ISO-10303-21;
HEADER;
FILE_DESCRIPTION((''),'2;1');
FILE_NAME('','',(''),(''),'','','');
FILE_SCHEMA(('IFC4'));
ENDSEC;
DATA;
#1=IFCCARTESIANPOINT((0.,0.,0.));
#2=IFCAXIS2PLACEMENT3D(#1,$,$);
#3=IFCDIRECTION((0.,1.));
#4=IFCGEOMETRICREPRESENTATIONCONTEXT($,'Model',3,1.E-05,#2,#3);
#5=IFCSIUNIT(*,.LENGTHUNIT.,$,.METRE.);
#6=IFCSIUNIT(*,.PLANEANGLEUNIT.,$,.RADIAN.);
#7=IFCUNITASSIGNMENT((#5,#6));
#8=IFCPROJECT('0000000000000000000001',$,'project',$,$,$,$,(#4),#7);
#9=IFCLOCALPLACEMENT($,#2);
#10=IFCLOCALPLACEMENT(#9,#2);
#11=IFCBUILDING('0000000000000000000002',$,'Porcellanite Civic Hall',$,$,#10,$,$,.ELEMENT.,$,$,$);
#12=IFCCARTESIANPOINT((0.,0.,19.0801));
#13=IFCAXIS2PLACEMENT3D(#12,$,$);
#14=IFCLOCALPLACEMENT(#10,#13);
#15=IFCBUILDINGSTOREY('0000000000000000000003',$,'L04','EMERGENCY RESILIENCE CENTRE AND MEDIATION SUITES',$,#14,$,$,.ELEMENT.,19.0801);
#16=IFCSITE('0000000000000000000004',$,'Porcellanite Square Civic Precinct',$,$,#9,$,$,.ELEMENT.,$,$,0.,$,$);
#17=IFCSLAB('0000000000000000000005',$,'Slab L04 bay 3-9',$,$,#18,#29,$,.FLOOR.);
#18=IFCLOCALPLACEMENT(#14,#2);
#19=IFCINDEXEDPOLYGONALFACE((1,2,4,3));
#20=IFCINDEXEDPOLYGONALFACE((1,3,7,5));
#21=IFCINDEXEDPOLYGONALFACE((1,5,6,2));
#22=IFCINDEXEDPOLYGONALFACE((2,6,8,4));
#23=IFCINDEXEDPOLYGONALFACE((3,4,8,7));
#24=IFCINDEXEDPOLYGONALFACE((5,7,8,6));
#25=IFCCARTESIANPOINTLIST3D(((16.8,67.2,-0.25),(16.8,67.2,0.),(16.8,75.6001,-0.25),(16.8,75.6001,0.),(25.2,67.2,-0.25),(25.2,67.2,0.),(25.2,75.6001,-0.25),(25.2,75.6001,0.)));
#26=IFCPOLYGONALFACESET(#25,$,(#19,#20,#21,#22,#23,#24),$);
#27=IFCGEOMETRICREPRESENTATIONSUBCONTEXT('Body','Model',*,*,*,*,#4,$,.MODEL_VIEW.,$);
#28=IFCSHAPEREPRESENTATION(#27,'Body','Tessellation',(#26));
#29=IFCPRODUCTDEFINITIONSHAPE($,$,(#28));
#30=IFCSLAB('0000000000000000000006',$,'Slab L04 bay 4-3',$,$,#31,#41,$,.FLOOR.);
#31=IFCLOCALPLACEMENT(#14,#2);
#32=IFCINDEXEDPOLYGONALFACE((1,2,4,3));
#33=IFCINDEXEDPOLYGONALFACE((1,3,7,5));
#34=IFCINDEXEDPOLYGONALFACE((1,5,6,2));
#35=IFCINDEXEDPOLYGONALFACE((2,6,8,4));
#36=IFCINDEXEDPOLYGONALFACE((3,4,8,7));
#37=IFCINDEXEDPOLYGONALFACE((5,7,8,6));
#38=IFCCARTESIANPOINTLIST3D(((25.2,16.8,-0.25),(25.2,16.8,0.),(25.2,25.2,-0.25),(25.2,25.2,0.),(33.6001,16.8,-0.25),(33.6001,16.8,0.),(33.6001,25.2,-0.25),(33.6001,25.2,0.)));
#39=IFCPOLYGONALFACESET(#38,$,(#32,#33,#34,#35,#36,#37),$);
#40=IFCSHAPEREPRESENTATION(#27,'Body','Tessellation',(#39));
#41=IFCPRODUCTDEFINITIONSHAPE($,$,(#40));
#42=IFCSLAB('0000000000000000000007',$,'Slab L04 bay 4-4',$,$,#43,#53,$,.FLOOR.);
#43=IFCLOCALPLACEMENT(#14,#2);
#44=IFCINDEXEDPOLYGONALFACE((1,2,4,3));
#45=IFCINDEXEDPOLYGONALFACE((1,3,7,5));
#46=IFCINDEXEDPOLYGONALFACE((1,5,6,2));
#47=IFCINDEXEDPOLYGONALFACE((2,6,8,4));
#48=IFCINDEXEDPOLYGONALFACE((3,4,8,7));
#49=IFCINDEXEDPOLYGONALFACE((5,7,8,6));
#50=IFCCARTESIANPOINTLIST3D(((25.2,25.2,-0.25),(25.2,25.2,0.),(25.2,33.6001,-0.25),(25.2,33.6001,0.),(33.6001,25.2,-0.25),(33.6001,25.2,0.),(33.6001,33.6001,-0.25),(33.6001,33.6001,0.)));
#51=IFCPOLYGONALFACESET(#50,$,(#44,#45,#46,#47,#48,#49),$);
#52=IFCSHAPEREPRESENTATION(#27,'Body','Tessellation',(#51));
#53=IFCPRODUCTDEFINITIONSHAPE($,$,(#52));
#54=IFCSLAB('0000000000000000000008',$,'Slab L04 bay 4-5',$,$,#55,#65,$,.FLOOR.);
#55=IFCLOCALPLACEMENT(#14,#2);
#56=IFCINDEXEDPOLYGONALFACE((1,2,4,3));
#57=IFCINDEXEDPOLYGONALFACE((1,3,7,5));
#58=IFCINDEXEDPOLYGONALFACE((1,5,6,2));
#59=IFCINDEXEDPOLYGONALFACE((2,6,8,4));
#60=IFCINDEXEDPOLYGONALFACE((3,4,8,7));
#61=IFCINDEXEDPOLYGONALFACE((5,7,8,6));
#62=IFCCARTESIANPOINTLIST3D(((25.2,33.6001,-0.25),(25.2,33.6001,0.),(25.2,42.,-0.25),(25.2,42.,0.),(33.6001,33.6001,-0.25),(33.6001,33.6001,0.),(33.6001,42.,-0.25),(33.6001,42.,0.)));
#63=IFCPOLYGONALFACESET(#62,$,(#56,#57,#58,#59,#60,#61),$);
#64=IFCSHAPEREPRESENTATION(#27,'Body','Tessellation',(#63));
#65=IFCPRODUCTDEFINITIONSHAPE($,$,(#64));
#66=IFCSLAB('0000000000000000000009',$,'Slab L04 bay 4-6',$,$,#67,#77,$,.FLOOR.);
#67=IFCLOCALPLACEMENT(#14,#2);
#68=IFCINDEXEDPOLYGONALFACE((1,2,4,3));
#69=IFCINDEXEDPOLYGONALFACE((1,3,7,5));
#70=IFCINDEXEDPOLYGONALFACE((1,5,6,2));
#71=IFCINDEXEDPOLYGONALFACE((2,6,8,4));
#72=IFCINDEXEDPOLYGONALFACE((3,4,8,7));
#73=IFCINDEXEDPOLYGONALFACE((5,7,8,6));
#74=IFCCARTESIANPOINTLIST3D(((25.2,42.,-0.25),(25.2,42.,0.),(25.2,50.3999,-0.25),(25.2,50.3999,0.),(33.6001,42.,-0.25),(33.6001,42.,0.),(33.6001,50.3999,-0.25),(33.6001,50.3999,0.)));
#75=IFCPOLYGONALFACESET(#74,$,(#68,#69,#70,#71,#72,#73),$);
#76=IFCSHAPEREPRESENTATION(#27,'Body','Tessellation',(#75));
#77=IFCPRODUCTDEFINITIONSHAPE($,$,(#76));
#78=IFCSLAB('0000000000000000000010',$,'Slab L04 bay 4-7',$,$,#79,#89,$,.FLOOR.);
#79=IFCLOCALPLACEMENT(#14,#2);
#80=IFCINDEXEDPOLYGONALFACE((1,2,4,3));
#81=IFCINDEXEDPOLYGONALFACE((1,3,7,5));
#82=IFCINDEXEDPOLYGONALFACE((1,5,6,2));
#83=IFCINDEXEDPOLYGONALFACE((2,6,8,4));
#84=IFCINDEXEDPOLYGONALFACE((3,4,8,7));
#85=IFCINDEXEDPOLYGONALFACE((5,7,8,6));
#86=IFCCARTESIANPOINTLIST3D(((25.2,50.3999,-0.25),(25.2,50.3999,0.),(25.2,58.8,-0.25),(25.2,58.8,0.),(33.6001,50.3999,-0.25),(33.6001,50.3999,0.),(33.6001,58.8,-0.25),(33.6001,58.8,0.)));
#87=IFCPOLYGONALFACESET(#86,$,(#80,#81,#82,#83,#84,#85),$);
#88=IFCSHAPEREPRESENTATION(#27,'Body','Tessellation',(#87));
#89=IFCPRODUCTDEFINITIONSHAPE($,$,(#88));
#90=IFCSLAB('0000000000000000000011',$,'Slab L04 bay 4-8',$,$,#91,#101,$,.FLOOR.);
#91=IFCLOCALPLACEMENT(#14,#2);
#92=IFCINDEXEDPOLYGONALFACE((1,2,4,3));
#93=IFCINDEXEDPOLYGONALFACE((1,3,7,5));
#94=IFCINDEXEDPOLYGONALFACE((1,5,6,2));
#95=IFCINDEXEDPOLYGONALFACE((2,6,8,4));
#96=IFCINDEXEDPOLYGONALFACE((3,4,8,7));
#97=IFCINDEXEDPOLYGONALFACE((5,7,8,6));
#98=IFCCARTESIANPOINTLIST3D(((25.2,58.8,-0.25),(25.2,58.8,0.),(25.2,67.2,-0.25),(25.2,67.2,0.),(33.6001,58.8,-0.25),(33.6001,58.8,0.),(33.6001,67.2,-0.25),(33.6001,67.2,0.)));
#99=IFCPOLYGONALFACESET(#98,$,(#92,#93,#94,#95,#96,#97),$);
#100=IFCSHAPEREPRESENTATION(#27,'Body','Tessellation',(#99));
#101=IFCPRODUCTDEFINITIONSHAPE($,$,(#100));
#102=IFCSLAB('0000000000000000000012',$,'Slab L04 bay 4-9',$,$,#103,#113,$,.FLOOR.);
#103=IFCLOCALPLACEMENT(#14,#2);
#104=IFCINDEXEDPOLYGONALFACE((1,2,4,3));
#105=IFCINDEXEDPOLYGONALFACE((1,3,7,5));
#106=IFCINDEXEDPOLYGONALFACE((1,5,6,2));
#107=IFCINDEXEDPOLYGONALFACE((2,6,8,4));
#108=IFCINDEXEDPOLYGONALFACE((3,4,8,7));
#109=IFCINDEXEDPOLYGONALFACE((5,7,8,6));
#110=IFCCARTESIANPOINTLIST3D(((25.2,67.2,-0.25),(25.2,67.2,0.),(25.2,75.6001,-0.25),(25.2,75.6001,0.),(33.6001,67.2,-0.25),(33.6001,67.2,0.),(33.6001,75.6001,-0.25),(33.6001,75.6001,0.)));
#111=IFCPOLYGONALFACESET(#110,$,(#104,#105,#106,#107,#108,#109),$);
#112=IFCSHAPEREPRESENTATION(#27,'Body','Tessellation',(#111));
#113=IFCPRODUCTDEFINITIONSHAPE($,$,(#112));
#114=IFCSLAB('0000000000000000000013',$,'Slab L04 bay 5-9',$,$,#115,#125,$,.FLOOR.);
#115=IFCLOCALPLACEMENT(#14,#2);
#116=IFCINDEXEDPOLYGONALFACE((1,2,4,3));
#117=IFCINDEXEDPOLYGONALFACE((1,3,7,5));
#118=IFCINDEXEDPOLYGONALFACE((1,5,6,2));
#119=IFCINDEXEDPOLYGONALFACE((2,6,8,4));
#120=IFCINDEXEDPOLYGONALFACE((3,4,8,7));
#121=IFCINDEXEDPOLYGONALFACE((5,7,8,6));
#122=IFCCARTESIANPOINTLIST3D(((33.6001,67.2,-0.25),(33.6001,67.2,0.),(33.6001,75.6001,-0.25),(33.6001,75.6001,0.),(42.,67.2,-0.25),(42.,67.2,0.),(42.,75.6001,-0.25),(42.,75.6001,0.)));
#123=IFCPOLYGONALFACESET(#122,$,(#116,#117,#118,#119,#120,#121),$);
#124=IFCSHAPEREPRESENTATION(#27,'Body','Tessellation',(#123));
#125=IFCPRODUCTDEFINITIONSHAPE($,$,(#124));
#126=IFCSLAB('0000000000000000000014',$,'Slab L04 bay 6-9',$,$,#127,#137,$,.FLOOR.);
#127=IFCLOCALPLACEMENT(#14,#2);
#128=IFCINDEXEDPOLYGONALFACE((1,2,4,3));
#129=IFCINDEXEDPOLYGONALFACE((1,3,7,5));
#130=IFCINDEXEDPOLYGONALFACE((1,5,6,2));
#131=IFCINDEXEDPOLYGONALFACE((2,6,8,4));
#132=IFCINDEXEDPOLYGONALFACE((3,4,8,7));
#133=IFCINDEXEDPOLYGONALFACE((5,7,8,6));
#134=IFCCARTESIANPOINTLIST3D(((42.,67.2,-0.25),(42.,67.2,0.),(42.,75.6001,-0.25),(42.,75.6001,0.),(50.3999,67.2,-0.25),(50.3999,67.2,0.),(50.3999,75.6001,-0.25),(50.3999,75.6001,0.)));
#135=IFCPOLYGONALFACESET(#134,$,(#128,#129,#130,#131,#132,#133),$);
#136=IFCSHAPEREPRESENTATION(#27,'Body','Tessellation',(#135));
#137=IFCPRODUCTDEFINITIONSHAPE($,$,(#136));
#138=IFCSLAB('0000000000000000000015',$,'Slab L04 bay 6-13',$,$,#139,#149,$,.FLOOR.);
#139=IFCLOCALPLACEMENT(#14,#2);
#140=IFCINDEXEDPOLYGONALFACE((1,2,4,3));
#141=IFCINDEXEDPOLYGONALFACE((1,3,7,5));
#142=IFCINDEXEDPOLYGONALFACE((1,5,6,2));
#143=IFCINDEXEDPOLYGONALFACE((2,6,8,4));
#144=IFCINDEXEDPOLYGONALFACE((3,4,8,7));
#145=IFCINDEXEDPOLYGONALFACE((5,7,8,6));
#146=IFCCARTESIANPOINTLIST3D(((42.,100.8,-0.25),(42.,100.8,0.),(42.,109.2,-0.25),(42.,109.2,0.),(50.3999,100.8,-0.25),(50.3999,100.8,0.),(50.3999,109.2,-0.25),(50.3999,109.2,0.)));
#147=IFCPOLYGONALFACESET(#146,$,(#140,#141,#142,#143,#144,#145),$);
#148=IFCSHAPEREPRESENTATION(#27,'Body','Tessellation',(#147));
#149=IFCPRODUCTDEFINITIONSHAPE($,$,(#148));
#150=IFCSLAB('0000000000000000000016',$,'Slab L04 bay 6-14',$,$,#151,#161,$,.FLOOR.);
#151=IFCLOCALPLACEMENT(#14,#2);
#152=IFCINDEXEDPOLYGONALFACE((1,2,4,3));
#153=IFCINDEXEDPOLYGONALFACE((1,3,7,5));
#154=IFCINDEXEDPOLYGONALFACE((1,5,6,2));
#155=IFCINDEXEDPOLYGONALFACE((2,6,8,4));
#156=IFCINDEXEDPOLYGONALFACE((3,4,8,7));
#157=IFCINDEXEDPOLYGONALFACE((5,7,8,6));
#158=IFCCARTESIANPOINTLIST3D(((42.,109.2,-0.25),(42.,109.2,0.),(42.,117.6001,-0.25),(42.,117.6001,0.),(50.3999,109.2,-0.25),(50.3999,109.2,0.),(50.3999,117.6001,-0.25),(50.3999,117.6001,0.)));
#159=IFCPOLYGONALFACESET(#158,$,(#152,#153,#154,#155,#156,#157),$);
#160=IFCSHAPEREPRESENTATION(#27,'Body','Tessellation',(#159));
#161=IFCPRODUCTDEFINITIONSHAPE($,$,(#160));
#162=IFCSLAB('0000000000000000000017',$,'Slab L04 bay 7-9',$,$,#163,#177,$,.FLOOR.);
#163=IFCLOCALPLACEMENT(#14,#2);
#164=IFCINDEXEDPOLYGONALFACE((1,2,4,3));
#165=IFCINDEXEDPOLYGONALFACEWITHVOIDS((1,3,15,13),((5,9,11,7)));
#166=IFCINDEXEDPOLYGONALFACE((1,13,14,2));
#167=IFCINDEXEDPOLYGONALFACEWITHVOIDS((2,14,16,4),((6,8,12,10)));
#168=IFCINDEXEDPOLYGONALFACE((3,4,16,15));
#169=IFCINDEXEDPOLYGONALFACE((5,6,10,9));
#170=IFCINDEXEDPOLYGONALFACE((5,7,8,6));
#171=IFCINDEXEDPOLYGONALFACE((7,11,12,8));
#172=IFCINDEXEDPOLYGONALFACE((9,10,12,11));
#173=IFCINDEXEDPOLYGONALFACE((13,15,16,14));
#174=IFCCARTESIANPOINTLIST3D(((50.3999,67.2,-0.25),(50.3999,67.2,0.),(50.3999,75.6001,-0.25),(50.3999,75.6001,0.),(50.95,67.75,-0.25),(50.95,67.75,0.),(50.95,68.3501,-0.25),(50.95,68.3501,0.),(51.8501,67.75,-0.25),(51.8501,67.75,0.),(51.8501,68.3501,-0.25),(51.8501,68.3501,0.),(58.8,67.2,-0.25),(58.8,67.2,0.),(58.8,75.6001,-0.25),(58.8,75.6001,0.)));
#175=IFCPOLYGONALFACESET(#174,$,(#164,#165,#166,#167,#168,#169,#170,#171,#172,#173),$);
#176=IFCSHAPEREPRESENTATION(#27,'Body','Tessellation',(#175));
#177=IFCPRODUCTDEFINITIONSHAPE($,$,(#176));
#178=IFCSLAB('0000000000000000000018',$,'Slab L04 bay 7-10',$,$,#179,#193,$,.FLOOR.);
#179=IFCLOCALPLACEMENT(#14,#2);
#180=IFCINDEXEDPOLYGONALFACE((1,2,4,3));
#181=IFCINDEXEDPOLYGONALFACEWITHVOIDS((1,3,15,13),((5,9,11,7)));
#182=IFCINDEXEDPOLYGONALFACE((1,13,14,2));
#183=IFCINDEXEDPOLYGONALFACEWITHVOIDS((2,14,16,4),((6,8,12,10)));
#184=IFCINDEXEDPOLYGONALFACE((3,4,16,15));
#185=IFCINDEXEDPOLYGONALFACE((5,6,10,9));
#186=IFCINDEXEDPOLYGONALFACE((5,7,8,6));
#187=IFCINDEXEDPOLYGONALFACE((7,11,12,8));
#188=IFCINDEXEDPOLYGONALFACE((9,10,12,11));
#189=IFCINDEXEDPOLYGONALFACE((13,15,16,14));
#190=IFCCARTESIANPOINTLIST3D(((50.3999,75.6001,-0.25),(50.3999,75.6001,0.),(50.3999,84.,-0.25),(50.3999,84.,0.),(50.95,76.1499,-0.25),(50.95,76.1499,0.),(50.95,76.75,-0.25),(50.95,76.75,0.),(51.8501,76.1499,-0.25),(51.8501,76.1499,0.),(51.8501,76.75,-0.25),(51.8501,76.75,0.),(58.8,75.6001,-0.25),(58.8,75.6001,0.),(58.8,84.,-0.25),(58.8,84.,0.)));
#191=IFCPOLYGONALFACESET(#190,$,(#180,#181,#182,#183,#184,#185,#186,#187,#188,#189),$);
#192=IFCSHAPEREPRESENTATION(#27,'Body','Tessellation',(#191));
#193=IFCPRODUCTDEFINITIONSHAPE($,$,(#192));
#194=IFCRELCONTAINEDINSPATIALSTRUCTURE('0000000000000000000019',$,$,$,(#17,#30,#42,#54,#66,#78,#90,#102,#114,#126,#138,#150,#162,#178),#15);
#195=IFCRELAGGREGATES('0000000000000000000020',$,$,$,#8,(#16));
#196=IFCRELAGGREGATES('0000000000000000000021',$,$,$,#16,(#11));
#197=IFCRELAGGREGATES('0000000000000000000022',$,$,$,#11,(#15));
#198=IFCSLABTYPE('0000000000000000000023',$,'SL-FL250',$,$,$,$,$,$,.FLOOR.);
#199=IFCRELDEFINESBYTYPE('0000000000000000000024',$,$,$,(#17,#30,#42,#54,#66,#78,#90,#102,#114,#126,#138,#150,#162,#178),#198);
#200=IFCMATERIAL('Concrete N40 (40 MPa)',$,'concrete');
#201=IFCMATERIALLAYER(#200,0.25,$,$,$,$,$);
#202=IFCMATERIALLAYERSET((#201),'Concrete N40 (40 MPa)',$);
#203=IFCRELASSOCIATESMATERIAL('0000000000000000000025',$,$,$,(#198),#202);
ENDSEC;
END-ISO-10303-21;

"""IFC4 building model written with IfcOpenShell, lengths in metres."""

from ifc_helpers import new_model, si_unit, direction, frame, origin, place, context, subcontext, project, spatial, polyline, outline, extrude, material, layer, layer_set, type_object, element, save


model = new_model("IFC4")

# Units and contexts
model_context = context("Model", 3, precision=1e-05, world=origin(), true_north=direction((0.0, 1.0)))
body_context = subcontext(model_context, "Body", "Model", "MODEL_VIEW")
ifc_project = project(units=[si_unit("LENGTHUNIT", "METRE"), si_unit("PLANEANGLEUNIT", "RADIAN")], contexts=[model_context])

# Site, building, storey
site_placement = place(None, origin())
site = spatial("IfcSite", under=ifc_project, at=site_placement, Name="Porcellanite Square Civic Precinct", CompositionType="ELEMENT", RefElevation=0.0)
building_placement = place(site_placement, origin())
building = spatial("IfcBuilding", under=site, at=building_placement, Name="Porcellanite Civic Hall", CompositionType="ELEMENT")
storey_placement = place(building_placement, frame((0.0, 0.0, 19.0801)))
storey = spatial("IfcBuildingStorey", under=building, at=storey_placement, Name="L04", Description="EMERGENCY RESILIENCE CENTRE AND MEDIATION SUITES", CompositionType="ELEMENT", Elevation=19.0801)

# Slabs
ifc_material = material(Name="Concrete N40 (40 MPa)", Category="concrete")
ifc_layer = layer(ifc_material, 0.25)
ifc_layer_set = layer_set([ifc_layer], Name="Concrete N40 (40 MPa)")
slab_type = type_object("IfcSlabType", Name="SL-FL250", PredefinedType="FLOOR", material=ifc_layer_set)
slab_1_placement = place(storey_placement, frame((0.0, 0.0, -0.25)))
element("IfcSlab", 1, at=slab_1_placement, inside=storey, type_object=slab_type, Name="Slab L04 bay 3-9", PredefinedType="FLOOR", context=body_context, shape_type="SweptSolid", body=[
    extrude(outline(polyline([(16.8, 67.2), (25.2, 67.2), (25.2, 75.6001), (16.8, 75.6001), (16.8, 67.2)])), origin(), (0.0, 0.0, 1.0), 0.25),
])
slab_2_placement = place(storey_placement, frame((0.0, 0.0, -0.25)))
element("IfcSlab", 2, at=slab_2_placement, inside=storey, type_object=slab_type, Name="Slab L04 bay 4-3", PredefinedType="FLOOR", context=body_context, shape_type="SweptSolid", body=[
    extrude(outline(polyline([(25.2, 16.8), (33.6001, 16.8), (33.6001, 25.2), (25.2, 25.2), (25.2, 16.8)])), origin(), (0.0, 0.0, 1.0), 0.25),
])
slab_3_placement = place(storey_placement, frame((0.0, 0.0, -0.25)))
element("IfcSlab", 3, at=slab_3_placement, inside=storey, type_object=slab_type, Name="Slab L04 bay 4-4", PredefinedType="FLOOR", context=body_context, shape_type="SweptSolid", body=[
    extrude(outline(polyline([(25.2, 25.2), (33.6001, 25.2), (33.6001, 33.6001), (25.2, 33.6001), (25.2, 25.2)])), origin(), (0.0, 0.0, 1.0), 0.25),
])
slab_4_placement = place(storey_placement, frame((0.0, 0.0, -0.25)))
element("IfcSlab", 4, at=slab_4_placement, inside=storey, type_object=slab_type, Name="Slab L04 bay 4-5", PredefinedType="FLOOR", context=body_context, shape_type="SweptSolid", body=[
    extrude(outline(polyline([(25.2, 33.6001), (33.6001, 33.6001), (33.6001, 42.0), (25.2, 42.0), (25.2, 33.6001)])), origin(), (0.0, 0.0, 1.0), 0.25),
])
slab_5_placement = place(storey_placement, frame((0.0, 0.0, -0.25)))
element("IfcSlab", 5, at=slab_5_placement, inside=storey, type_object=slab_type, Name="Slab L04 bay 4-6", PredefinedType="FLOOR", context=body_context, shape_type="SweptSolid", body=[
    extrude(outline(polyline([(25.2, 42.0), (33.6001, 42.0), (33.6001, 50.3999), (25.2, 50.3999), (25.2, 42.0)])), origin(), (0.0, 0.0, 1.0), 0.25),
])
slab_6_placement = place(storey_placement, frame((0.0, 0.0, -0.25)))
element("IfcSlab", 6, at=slab_6_placement, inside=storey, type_object=slab_type, Name="Slab L04 bay 4-7", PredefinedType="FLOOR", context=body_context, shape_type="SweptSolid", body=[
    extrude(outline(polyline([(25.2, 50.3999), (33.6001, 50.3999), (33.6001, 58.8), (25.2, 58.8), (25.2, 50.3999)])), origin(), (0.0, 0.0, 1.0), 0.25),
])
slab_7_placement = place(storey_placement, frame((0.0, 0.0, -0.25)))
element("IfcSlab", 7, at=slab_7_placement, inside=storey, type_object=slab_type, Name="Slab L04 bay 4-8", PredefinedType="FLOOR", context=body_context, shape_type="SweptSolid", body=[
    extrude(outline(polyline([(25.2, 58.8), (33.6001, 58.8), (33.6001, 67.2), (25.2, 67.2), (25.2, 58.8)])), origin(), (0.0, 0.0, 1.0), 0.25),
])
slab_8_placement = place(storey_placement, frame((0.0, 0.0, -0.25)))
element("IfcSlab", 8, at=slab_8_placement, inside=storey, type_object=slab_type, Name="Slab L04 bay 4-9", PredefinedType="FLOOR", context=body_context, shape_type="SweptSolid", body=[
    extrude(outline(polyline([(25.2, 67.2), (33.6001, 67.2), (33.6001, 75.6001), (25.2, 75.6001), (25.2, 67.2)])), origin(), (0.0, 0.0, 1.0), 0.25),
])
slab_9_placement = place(storey_placement, frame((0.0, 0.0, -0.25)))
element("IfcSlab", 9, at=slab_9_placement, inside=storey, type_object=slab_type, Name="Slab L04 bay 5-9", PredefinedType="FLOOR", context=body_context, shape_type="SweptSolid", body=[
    extrude(outline(polyline([(33.6001, 67.2), (42.0, 67.2), (42.0, 75.6001), (33.6001, 75.6001), (33.6001, 67.2)])), origin(), (0.0, 0.0, 1.0), 0.25),
])
slab_10_placement = place(storey_placement, frame((0.0, 0.0, -0.25)))
element("IfcSlab", 10, at=slab_10_placement, inside=storey, type_object=slab_type, Name="Slab L04 bay 6-9", PredefinedType="FLOOR", context=body_context, shape_type="SweptSolid", body=[
    extrude(outline(polyline([(42.0, 67.2), (50.3999, 67.2), (50.3999, 75.6001), (42.0, 75.6001), (42.0, 67.2)])), origin(), (0.0, 0.0, 1.0), 0.25),
])
slab_11_placement = place(storey_placement, frame((0.0, 0.0, -0.25)))
element("IfcSlab", 11, at=slab_11_placement, inside=storey, type_object=slab_type, Name="Slab L04 bay 6-13", PredefinedType="FLOOR", context=body_context, shape_type="SweptSolid", body=[
    extrude(outline(polyline([(42.0, 100.8), (50.3999, 100.8), (50.3999, 109.2), (42.0, 109.2), (42.0, 100.8)])), origin(), (0.0, 0.0, 1.0), 0.25),
])
slab_12_placement = place(storey_placement, frame((0.0, 0.0, -0.25)))
element("IfcSlab", 12, at=slab_12_placement, inside=storey, type_object=slab_type, Name="Slab L04 bay 6-14", PredefinedType="FLOOR", context=body_context, shape_type="SweptSolid", body=[
    extrude(outline(polyline([(42.0, 109.2), (50.3999, 109.2), (50.3999, 117.6001), (42.0, 117.6001), (42.0, 109.2)])), origin(), (0.0, 0.0, 1.0), 0.25),
])
slab_13_placement = place(storey_placement, frame((0.0, 0.0, -0.25)))
element("IfcSlab", 13, at=slab_13_placement, inside=storey, type_object=slab_type, Name="Slab L04 bay 7-9", PredefinedType="FLOOR", context=body_context, shape_type="SweptSolid", body=[
    extrude(outline(polyline([(50.3999, 67.2), (58.8, 67.2), (58.8, 75.6001), (50.3999, 75.6001), (50.3999, 67.2)]), holes=[polyline([(50.95, 67.75), (51.8501, 67.75), (51.8501, 68.3501), (50.95, 68.3501), (50.95, 67.75)])]), origin(), (0.0, 0.0, 1.0), 0.25),
])
slab_14_placement = place(storey_placement, frame((0.0, 0.0, -0.25)))
element("IfcSlab", 14, at=slab_14_placement, inside=storey, type_object=slab_type, Name="Slab L04 bay 7-10", PredefinedType="FLOOR", context=body_context, shape_type="SweptSolid", body=[
    extrude(outline(polyline([(50.3999, 75.6001), (58.8, 75.6001), (58.8, 84.0), (50.3999, 84.0), (50.3999, 75.6001)]), holes=[polyline([(50.95, 76.1499), (51.8501, 76.1499), (51.8501, 76.75), (50.95, 76.75), (50.95, 76.1499)])]), origin(), (0.0, 0.0, 1.0), 0.25),
])

save(model, "model.ifc")
